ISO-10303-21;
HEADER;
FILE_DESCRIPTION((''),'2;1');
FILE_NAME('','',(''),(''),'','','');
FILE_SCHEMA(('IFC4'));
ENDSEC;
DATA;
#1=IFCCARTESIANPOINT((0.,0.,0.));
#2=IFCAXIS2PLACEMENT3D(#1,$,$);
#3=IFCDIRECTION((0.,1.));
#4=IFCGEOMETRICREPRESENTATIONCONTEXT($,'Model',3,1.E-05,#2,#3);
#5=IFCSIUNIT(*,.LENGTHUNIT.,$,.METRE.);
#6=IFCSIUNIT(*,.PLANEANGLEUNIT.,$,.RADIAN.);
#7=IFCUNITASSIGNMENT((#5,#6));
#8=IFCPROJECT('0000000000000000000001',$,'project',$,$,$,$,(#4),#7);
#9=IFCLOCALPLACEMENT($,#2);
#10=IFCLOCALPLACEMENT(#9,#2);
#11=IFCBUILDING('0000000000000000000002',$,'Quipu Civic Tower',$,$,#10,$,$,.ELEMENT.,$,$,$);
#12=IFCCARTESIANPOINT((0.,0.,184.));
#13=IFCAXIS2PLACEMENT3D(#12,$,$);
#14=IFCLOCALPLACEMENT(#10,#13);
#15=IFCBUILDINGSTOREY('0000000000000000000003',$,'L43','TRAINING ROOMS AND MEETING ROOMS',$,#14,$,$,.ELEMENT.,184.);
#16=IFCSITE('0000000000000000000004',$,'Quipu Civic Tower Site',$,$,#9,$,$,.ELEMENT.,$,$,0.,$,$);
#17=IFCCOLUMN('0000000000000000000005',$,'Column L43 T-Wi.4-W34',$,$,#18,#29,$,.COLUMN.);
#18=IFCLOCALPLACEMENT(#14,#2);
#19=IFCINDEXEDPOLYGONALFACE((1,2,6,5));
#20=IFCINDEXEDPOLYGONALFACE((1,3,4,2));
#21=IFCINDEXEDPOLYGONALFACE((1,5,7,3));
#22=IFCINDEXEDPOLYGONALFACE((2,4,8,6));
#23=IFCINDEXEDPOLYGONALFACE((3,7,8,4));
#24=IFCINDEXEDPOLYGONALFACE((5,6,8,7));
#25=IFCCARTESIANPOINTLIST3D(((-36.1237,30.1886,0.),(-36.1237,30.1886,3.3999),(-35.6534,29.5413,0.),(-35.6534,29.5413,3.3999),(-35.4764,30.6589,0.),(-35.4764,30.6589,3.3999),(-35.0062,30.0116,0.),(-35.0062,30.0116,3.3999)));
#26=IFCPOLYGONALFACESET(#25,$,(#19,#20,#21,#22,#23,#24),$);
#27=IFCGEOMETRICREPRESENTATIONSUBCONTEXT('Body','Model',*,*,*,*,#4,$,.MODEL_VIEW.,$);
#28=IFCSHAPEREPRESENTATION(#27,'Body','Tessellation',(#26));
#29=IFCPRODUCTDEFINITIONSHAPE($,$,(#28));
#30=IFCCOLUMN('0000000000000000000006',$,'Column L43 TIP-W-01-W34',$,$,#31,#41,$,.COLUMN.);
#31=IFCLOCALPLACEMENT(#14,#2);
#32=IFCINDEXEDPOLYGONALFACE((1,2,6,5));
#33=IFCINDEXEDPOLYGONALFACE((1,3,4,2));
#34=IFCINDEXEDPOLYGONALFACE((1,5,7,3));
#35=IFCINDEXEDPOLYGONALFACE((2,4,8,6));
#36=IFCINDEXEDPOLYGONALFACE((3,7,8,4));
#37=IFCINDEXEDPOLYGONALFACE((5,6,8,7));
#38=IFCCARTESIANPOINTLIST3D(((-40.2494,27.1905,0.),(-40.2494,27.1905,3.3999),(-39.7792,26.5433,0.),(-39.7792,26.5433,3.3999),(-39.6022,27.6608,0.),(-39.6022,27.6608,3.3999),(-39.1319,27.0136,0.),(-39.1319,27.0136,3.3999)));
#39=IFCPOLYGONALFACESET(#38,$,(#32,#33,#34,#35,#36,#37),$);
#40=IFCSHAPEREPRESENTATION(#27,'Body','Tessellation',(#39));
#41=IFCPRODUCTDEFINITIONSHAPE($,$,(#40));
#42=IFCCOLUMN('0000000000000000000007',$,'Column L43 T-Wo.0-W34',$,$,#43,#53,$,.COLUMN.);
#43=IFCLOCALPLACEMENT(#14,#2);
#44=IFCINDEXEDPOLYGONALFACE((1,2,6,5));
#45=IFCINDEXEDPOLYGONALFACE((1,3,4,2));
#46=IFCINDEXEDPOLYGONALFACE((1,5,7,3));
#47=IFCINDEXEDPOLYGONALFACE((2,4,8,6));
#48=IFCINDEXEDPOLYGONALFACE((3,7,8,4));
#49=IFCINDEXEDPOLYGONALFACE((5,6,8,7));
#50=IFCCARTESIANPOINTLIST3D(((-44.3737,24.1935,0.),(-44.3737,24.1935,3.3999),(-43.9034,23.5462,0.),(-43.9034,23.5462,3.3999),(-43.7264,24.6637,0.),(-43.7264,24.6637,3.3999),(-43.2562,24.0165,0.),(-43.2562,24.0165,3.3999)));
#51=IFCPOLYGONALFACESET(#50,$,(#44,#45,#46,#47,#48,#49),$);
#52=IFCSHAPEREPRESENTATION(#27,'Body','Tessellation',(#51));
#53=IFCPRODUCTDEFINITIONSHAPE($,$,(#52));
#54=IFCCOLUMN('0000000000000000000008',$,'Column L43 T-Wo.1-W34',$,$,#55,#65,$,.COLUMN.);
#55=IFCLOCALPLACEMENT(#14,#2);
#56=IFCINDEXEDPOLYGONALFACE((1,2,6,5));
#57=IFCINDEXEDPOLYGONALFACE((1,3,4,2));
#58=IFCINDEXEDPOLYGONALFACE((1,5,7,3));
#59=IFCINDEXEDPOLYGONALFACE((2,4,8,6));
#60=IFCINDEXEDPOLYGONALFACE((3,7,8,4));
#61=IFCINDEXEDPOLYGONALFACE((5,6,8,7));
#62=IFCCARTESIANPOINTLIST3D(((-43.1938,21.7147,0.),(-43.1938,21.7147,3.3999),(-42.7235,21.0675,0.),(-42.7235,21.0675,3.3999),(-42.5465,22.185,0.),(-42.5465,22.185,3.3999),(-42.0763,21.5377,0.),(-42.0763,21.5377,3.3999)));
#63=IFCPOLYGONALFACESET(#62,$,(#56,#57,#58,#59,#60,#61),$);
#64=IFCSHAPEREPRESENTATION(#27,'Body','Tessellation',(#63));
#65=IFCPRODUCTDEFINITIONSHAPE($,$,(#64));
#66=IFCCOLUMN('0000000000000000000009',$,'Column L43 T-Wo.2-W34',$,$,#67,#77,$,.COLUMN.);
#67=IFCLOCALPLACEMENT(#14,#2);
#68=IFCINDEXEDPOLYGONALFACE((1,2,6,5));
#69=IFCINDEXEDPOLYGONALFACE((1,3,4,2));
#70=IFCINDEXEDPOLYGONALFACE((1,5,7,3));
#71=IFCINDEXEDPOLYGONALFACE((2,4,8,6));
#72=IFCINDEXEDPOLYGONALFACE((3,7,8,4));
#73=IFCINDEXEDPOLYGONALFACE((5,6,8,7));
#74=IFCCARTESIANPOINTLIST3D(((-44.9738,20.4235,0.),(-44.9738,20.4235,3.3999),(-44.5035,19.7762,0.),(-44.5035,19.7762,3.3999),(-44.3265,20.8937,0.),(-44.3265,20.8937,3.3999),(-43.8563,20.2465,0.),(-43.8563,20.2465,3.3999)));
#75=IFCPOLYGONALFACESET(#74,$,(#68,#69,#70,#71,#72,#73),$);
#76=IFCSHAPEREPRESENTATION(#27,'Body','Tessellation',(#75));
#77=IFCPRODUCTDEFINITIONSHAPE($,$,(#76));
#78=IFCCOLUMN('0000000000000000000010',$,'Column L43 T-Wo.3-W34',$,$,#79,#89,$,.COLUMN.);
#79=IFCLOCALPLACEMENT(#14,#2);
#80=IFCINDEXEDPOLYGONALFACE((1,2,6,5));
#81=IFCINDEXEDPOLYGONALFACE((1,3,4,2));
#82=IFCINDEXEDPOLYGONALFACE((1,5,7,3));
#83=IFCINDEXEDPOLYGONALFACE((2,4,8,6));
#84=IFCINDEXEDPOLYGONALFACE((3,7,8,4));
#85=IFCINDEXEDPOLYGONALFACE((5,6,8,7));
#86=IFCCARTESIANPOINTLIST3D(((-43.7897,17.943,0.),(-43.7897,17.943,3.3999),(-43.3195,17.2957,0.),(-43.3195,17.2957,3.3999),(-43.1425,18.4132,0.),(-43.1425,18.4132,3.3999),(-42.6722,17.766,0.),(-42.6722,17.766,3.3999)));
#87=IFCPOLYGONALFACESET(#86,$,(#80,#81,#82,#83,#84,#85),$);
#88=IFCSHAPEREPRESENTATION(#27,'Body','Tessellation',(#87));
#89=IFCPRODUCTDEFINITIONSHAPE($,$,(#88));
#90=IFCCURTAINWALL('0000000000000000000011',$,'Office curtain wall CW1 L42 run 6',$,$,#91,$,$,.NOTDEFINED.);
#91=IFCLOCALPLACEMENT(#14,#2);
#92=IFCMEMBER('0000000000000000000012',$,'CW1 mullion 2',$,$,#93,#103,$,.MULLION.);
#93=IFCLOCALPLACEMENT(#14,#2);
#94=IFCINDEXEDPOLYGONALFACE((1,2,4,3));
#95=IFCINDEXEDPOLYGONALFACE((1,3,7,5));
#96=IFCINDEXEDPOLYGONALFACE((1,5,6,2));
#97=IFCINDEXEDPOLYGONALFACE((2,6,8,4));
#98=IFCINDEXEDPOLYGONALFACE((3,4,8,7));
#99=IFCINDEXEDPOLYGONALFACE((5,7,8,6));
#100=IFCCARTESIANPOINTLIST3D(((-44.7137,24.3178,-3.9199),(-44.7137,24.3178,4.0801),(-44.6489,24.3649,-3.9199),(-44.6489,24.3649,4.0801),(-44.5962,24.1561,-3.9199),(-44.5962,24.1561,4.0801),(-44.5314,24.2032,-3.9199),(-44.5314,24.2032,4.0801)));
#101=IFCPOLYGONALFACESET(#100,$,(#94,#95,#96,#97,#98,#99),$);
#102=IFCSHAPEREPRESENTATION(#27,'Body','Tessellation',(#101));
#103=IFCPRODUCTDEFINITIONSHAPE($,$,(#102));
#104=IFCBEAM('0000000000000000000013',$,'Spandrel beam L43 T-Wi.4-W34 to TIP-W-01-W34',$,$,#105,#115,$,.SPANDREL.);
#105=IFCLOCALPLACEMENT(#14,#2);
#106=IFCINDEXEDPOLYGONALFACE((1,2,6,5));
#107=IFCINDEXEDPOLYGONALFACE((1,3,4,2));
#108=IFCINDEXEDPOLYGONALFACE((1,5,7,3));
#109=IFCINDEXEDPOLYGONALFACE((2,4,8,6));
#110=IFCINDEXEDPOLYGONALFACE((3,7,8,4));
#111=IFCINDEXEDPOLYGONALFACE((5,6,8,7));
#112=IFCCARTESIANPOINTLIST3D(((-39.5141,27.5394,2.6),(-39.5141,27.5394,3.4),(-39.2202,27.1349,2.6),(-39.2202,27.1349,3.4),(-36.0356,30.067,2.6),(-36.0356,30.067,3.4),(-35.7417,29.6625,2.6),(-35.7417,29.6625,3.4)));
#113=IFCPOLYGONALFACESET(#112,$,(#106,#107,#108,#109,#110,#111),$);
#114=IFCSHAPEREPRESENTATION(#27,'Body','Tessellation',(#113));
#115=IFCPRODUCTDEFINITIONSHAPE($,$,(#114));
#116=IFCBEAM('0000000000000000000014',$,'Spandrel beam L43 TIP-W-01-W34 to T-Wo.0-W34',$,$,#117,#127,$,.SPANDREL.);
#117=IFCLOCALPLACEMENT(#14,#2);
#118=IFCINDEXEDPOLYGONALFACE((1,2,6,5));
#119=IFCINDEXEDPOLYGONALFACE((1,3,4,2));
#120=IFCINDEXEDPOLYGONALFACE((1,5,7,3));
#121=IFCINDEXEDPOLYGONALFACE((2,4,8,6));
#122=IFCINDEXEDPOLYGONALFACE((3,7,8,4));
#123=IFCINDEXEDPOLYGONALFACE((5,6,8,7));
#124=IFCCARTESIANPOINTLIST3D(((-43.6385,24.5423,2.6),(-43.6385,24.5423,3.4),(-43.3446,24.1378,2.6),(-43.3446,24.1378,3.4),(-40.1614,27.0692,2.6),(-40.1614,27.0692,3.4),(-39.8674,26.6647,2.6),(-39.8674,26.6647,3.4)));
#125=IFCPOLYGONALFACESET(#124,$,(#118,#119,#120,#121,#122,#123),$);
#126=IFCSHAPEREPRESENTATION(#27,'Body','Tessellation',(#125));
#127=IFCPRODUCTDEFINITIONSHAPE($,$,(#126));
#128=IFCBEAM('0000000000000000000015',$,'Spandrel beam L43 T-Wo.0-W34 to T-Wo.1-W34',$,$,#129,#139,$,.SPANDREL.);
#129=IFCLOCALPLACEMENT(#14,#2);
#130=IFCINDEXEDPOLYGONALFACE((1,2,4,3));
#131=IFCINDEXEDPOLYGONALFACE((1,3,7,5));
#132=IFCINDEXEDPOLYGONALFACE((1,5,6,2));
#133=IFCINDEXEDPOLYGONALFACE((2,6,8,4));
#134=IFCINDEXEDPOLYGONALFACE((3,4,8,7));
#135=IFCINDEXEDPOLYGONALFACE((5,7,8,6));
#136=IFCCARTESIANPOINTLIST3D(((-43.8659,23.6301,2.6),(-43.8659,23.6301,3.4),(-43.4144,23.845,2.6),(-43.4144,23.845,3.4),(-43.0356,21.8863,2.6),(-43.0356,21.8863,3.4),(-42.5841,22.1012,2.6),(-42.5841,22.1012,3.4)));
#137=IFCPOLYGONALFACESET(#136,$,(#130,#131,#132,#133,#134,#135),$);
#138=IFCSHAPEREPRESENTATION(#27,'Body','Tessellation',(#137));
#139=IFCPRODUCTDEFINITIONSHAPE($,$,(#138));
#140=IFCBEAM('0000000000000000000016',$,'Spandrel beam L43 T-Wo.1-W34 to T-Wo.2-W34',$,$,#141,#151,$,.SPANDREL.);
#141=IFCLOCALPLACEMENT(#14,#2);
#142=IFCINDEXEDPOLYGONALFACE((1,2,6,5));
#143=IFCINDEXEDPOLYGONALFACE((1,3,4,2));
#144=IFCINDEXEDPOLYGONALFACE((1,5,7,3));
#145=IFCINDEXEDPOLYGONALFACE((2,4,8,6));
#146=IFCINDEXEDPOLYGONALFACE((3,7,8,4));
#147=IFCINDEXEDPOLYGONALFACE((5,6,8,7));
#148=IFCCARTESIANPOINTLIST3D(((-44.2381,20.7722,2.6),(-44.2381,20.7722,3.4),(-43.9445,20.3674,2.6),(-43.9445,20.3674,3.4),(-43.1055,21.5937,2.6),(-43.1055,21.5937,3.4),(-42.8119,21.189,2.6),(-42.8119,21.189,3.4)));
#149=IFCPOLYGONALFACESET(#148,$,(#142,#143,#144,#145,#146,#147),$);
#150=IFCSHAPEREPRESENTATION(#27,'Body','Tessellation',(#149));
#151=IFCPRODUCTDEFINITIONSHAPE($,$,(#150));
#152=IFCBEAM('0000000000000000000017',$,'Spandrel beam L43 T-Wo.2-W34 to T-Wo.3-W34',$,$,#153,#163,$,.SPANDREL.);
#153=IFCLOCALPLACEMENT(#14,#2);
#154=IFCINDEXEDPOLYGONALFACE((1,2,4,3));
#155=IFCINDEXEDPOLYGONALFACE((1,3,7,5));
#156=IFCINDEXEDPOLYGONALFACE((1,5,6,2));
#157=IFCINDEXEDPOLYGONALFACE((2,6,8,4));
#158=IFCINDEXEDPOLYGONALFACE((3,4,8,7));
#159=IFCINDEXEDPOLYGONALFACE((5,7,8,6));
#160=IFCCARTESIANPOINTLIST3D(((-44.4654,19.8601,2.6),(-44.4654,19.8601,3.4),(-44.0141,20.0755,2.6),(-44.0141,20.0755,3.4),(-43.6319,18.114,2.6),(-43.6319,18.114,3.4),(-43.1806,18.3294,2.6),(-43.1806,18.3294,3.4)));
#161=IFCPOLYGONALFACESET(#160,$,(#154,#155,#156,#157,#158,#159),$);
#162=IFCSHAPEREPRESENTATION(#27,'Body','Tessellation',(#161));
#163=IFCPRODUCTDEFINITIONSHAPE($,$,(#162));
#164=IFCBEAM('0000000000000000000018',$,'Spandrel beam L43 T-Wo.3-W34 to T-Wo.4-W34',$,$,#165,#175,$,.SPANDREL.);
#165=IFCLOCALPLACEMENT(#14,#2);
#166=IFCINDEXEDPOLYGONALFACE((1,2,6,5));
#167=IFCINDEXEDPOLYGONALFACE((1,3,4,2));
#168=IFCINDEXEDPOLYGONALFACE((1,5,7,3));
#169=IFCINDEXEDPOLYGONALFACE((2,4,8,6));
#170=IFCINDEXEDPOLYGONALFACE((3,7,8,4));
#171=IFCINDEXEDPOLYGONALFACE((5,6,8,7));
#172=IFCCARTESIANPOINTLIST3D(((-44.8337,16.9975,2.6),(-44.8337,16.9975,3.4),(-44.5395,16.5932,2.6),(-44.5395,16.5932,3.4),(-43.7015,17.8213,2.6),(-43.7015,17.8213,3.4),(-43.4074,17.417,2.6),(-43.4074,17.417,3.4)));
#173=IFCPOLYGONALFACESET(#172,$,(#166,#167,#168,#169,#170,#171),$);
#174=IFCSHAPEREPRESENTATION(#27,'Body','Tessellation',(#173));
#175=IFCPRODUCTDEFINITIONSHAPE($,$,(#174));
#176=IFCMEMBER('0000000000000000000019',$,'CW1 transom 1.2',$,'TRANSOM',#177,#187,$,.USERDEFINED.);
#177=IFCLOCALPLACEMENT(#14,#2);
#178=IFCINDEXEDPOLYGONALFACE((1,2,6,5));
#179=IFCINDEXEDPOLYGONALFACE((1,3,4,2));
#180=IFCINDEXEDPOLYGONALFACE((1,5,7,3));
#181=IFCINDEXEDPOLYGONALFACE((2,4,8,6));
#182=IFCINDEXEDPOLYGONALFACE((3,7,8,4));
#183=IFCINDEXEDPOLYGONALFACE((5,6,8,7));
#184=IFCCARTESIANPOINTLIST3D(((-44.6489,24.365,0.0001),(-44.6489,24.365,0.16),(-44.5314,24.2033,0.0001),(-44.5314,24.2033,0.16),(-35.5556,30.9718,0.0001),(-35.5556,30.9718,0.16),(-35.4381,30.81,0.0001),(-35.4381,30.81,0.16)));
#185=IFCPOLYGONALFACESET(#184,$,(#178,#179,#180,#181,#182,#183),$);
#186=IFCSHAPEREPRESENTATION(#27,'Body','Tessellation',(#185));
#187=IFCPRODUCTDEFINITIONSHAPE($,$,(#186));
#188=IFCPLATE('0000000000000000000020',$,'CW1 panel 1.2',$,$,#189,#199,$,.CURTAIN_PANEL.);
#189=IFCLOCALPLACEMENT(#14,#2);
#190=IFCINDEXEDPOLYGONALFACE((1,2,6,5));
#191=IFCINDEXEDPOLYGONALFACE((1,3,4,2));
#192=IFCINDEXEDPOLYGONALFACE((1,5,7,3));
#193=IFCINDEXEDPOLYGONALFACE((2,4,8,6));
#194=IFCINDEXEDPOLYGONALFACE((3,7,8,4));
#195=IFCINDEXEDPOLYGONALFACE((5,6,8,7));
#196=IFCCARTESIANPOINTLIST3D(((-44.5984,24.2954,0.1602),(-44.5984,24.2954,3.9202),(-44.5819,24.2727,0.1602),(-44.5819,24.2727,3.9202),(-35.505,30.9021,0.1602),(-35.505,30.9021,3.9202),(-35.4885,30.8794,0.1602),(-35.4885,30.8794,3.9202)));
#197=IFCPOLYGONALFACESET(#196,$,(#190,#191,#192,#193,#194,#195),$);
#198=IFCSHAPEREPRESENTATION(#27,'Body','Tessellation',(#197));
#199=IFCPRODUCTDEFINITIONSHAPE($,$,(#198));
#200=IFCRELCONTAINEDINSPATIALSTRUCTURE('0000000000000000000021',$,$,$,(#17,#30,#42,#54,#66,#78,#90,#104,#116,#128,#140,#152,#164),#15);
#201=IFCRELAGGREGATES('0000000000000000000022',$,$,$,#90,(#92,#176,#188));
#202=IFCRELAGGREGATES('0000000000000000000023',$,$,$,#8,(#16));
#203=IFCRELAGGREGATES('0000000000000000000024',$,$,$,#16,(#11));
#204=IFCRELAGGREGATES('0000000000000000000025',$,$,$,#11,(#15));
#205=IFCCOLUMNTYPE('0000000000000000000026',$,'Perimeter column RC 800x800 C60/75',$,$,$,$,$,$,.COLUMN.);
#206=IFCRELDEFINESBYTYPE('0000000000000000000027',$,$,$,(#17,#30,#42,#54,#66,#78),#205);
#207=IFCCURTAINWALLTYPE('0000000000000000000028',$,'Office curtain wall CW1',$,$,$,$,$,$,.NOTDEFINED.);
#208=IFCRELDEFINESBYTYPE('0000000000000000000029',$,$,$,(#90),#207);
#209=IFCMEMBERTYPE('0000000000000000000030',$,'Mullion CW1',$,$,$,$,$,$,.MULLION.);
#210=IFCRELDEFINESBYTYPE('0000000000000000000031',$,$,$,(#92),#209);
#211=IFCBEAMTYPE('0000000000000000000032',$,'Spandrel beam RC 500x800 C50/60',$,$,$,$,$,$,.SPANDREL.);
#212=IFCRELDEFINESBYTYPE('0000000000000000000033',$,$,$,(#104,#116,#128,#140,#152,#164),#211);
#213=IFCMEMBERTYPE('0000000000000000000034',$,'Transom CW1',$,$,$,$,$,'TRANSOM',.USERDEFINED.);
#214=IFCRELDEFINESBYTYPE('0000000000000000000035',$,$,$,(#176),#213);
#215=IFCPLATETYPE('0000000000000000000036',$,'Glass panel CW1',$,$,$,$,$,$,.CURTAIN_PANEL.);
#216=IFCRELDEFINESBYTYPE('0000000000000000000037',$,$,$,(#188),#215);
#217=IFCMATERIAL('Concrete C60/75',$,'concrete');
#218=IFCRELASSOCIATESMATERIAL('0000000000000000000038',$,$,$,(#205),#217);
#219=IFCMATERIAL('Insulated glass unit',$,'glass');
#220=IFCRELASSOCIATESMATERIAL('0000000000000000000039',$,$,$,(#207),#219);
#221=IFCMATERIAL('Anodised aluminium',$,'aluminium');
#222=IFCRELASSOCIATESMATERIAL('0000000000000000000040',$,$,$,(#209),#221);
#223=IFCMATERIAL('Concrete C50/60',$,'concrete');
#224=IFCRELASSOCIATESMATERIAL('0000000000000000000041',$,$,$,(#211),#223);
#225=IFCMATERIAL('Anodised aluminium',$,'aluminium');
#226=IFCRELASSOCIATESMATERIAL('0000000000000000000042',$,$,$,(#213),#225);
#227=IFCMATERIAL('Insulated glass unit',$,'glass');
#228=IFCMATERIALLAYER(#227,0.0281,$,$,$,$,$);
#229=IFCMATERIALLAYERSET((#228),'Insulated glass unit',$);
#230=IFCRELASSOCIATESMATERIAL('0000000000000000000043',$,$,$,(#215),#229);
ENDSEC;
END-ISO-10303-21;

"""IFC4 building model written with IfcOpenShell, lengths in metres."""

from ifc_helpers import new_model, si_unit, direction, frame, origin, origin_2d, place, context, subcontext, project, spatial, rectangle, extrude, material, layer, layer_set, material_profile, profile_set, type_object, element, aggregate, save


model = new_model("IFC4")

# Units and contexts
model_context = context("Model", 3, precision=1e-05, world=origin(), true_north=direction((0.0, 1.0)))
body_context = subcontext(model_context, "Body", "Model", "MODEL_VIEW")
ifc_project = project(units=[si_unit("LENGTHUNIT", "METRE"), si_unit("PLANEANGLEUNIT", "RADIAN")], contexts=[model_context])

# Site, building, storey
site_placement = place(None, origin())
site = spatial("IfcSite", under=ifc_project, at=site_placement, Name="Quipu Civic Tower Site", CompositionType="ELEMENT", RefElevation=0.0)
building_placement = place(site_placement, origin())
building = spatial("IfcBuilding", under=site, at=building_placement, Name="Quipu Civic Tower", CompositionType="ELEMENT")
storey_placement = place(building_placement, frame((0.0, 0.0, 184.0)))
storey = spatial("IfcBuildingStorey", under=building, at=storey_placement, Name="L43", Description="TRAINING ROOMS AND MEETING ROOMS", CompositionType="ELEMENT", Elevation=184.0)

# Columns
ifc_material_1 = material(Name="Concrete C60/75", Category="concrete")
ifc_material_profile_1 = material_profile(ifc_material_1, rectangle(XDim=0.8, YDim=0.8, at=origin_2d()), Name="RC800x800")
ifc_profile_set_1 = profile_set([ifc_material_profile_1], Name="Concrete C60/75")
column_type = type_object("IfcColumnType", Name="Perimeter column RC 800x800 C60/75", PredefinedType="COLUMN", material=ifc_profile_set_1)
for number, where, z_axis, x_axis, name in (
    (1, (-35.5649, 30.1001, 0.0), (0.0, 0.0, 1.0), (-0.809017, -0.587785, 0.0), "Column L43 T-Wi.4-W34"),
    (2, (-39.6907, 27.1021, 0.0), (0.0, 0.0, 1.0), (-0.809017, -0.587785, 0.0), "Column L43 TIP-W-01-W34"),
    (3, (-43.8149, 24.105, 0.0), (0.0, 0.0, 1.0), (-0.809017, -0.587785, 0.0), "Column L43 T-Wo.0-W34"),
    (4, (-42.635, 21.6262, 0.0), (0.0, 0.0, 1.0), (-0.809017, -0.587785, 0.0), "Column L43 T-Wo.1-W34"),
    (5, (-44.415, 20.335, 0.0), (0.0, 0.0, 1.0), (0.587785, -0.809017, 0.0), "Column L43 T-Wo.2-W34"),
    (6, (-43.231, 17.8545, 0.0), (0.0, 0.0, 1.0), (0.587785, -0.809017, 0.0), "Column L43 T-Wo.3-W34"),
):
    element("IfcColumn", number, at=place(storey_placement, frame(where, z_axis=z_axis, x_axis=x_axis)), inside=storey, type_object=column_type, Name=name, PredefinedType="COLUMN", context=body_context, shape_type="SweptSolid", body=[
        extrude(rectangle(XDim=0.8, YDim=0.8, at=origin_2d()), origin(), (0.0, 0.0, 1.0), 3.3999),
    ])

# Curtain wall, member
ifc_material_2 = material(Name="Insulated glass unit", Category="glass")
curtain_wall_type = type_object("IfcCurtainWallType", Name="Office curtain wall CW1", PredefinedType="NOTDEFINED", material=ifc_material_2)
curtain_wall_placement = place(storey_placement, origin())
curtain_wall = element("IfcCurtainWall", 7, at=curtain_wall_placement, inside=storey, type_object=curtain_wall_type, Name="Office curtain wall CW1 L42 run 6", PredefinedType="NOTDEFINED")
ifc_material_3 = material(Name="Anodised aluminium", Category="aluminium")
ifc_material_profile_2 = material_profile(ifc_material_3, rectangle(XDim=0.2, YDim=0.0801, at=origin_2d()), Name="RECT 200x80")
ifc_profile_set_2 = profile_set([ifc_material_profile_2], Name="Anodised aluminium")
member_type_1 = type_object("IfcMemberType", Name="Mullion CW1", PredefinedType="MULLION", material=ifc_profile_set_2)
member_1_placement = place(storey_placement, frame((-44.6226, 24.2605, -3.9199), z_axis=(0.0, 0.0, 1.0), x_axis=(0.587788, -0.809015, 0.0)))
member_1 = element("IfcMember", 8, at=member_1_placement, type_object=member_type_1, Name="CW1 mullion 2", PredefinedType="MULLION", context=body_context, shape_type="SweptSolid", body=[
    extrude(rectangle(XDim=0.2, YDim=0.0801, at=origin_2d()), origin(), (0.0, 0.0, 1.0), 8.0),
])

# Beams
ifc_material_4 = material(Name="Concrete C50/60", Category="concrete")
ifc_material_profile_3 = material_profile(ifc_material_4, rectangle(XDim=0.5, YDim=0.8, at=origin_2d()), Name="RC500x800")
ifc_profile_set_3 = profile_set([ifc_material_profile_3], Name="Concrete C50/60")
beam_type = type_object("IfcBeamType", Name="Spandrel beam RC 500x800 C50/60", PredefinedType="SPANDREL", material=ifc_profile_set_3)
beam_1_placement = place(storey_placement, frame((-35.8887, 29.8647, 3.0), z_axis=(-0.808984, -0.587831, 0.0), x_axis=(0.587831, -0.808984, 0.0)))
element("IfcBeam", 9, at=beam_1_placement, inside=storey, type_object=beam_type, Name="Spandrel beam L43 T-Wi.4-W34 to TIP-W-01-W34", PredefinedType="SPANDREL", context=body_context, shape_type="SweptSolid", body=[
    extrude(rectangle(XDim=0.5, YDim=0.8, at=origin_2d()), origin(), (0.0, 0.0, 1.0), 4.2998),
])
beam_2_placement = place(storey_placement, frame((-40.0144, 26.8669, 3.0), z_axis=(-0.808947, -0.587881, 0.0), x_axis=(0.587881, -0.808947, 0.0)))
element("IfcBeam", 10, at=beam_2_placement, inside=storey, type_object=beam_type, Name="Spandrel beam L43 TIP-W-01-W34 to T-Wo.0-W34", PredefinedType="SPANDREL", context=body_context, shape_type="SweptSolid", body=[
    extrude(rectangle(XDim=0.5, YDim=0.8, at=origin_2d()), origin(), (0.0, 0.0, 1.0), 4.2983),
])
beam_3_placement = place(storey_placement, frame((-43.6401, 23.7375, 3.0), z_axis=(0.429889, -0.902882, 0.0), x_axis=(0.902882, 0.429889, 0.0)))
element("IfcBeam", 11, at=beam_3_placement, inside=storey, type_object=beam_type, Name="Spandrel beam L43 T-Wo.0-W34 to T-Wo.1-W34", PredefinedType="SPANDREL", context=body_context, shape_type="SweptSolid", body=[
    extrude(rectangle(XDim=0.5, YDim=0.8, at=origin_2d()), origin(), (0.0, 0.0, 1.0), 1.9314),
])
beam_4_placement = place(storey_placement, frame((-42.9587, 21.3914, 3.0), z_axis=(-0.809467, -0.587165, 0.0), x_axis=(0.587165, -0.809467, 0.0)))
element("IfcBeam", 12, at=beam_4_placement, inside=storey, type_object=beam_type, Name="Spandrel beam L43 T-Wo.1-W34 to T-Wo.2-W34", PredefinedType="SPANDREL", context=body_context, shape_type="SweptSolid", body=[
    extrude(rectangle(XDim=0.5, YDim=0.8, at=origin_2d()), origin(), (0.0, 0.0, 1.0), 1.3992),
])
beam_5_placement = place(storey_placement, frame((-44.2397, 19.9678, 3.0), z_axis=(0.430786, -0.902454, 0.0), x_axis=(0.902454, 0.430786, 0.0)))
element("IfcBeam", 13, at=beam_5_placement, inside=storey, type_object=beam_type, Name="Spandrel beam L43 T-Wo.2-W34 to T-Wo.3-W34", PredefinedType="SPANDREL", context=body_context, shape_type="SweptSolid", body=[
    extrude(rectangle(XDim=0.5, YDim=0.8, at=origin_2d()), origin(), (0.0, 0.0, 1.0), 1.9348),
])
beam_6_placement = place(storey_placement, frame((-43.5544, 17.6191, 3.0), z_axis=(-0.8086, -0.588358, 0.0), x_axis=(0.588358, -0.8086, 0.0)))
element("IfcBeam", 14, at=beam_6_placement, inside=storey, type_object=beam_type, Name="Spandrel beam L43 T-Wo.3-W34 to T-Wo.4-W34", PredefinedType="SPANDREL", context=body_context, shape_type="SweptSolid", body=[
    extrude(rectangle(XDim=0.5, YDim=0.8, at=origin_2d()), origin(), (0.0, 0.0, 1.0), 1.4001),
])

# Member
ifc_material_5 = material(Name="Anodised aluminium", Category="aluminium")
ifc_material_profile_4 = material_profile(ifc_material_5, rectangle(XDim=0.2, YDim=0.1599, at=origin_2d()), Name="RECT 200x160")
ifc_profile_set_4 = profile_set([ifc_material_profile_4], Name="Anodised aluminium")
member_type_2 = type_object("IfcMemberType", Name="Transom CW1", ElementType="TRANSOM", PredefinedType="USERDEFINED", material=ifc_profile_set_4)
member_2_placement = place(storey_placement, frame((-35.4968, 30.8909, 0.0801), z_axis=(-0.809015, -0.587788, 0.0), x_axis=(0.587788, -0.809015, 0.0)))
member_2 = element("IfcMember", 15, at=member_2_placement, type_object=member_type_2, Name="CW1 transom 1.2", ObjectType="TRANSOM", PredefinedType="USERDEFINED", context=body_context, shape_type="SweptSolid", body=[
    extrude(rectangle(XDim=0.2, YDim=0.1599, at=origin_2d()), origin(), (0.0, 0.0, 1.0), 11.24),
])

# Plate
ifc_material_6 = material(Name="Insulated glass unit", Category="glass")
ifc_layer = layer(ifc_material_6, 0.0281)
ifc_layer_set = layer_set([ifc_layer], Name="Insulated glass unit")
plate_type_1 = type_object("IfcPlateType", Name="Glass panel CW1", PredefinedType="CURTAIN_PANEL", material=ifc_layer_set)
plate_placement = place(storey_placement, frame((-40.0435, 27.5874, 0.1602), z_axis=(0.0, 0.0, 1.0), x_axis=(-0.809015, -0.587788, 0.0)))
plate = element("IfcPlate", 16, at=plate_placement, type_object=plate_type_1, Name="CW1 panel 1.2", PredefinedType="CURTAIN_PANEL", context=body_context, shape_type="SweptSolid", body=[
    extrude(rectangle(XDim=11.24, YDim=0.0281, at=origin_2d()), origin(), (0.0, 0.0, 1.0), 3.76),
])
aggregate(curtain_wall, [member_1, member_2, plate])

save(model, "model.ifc")
